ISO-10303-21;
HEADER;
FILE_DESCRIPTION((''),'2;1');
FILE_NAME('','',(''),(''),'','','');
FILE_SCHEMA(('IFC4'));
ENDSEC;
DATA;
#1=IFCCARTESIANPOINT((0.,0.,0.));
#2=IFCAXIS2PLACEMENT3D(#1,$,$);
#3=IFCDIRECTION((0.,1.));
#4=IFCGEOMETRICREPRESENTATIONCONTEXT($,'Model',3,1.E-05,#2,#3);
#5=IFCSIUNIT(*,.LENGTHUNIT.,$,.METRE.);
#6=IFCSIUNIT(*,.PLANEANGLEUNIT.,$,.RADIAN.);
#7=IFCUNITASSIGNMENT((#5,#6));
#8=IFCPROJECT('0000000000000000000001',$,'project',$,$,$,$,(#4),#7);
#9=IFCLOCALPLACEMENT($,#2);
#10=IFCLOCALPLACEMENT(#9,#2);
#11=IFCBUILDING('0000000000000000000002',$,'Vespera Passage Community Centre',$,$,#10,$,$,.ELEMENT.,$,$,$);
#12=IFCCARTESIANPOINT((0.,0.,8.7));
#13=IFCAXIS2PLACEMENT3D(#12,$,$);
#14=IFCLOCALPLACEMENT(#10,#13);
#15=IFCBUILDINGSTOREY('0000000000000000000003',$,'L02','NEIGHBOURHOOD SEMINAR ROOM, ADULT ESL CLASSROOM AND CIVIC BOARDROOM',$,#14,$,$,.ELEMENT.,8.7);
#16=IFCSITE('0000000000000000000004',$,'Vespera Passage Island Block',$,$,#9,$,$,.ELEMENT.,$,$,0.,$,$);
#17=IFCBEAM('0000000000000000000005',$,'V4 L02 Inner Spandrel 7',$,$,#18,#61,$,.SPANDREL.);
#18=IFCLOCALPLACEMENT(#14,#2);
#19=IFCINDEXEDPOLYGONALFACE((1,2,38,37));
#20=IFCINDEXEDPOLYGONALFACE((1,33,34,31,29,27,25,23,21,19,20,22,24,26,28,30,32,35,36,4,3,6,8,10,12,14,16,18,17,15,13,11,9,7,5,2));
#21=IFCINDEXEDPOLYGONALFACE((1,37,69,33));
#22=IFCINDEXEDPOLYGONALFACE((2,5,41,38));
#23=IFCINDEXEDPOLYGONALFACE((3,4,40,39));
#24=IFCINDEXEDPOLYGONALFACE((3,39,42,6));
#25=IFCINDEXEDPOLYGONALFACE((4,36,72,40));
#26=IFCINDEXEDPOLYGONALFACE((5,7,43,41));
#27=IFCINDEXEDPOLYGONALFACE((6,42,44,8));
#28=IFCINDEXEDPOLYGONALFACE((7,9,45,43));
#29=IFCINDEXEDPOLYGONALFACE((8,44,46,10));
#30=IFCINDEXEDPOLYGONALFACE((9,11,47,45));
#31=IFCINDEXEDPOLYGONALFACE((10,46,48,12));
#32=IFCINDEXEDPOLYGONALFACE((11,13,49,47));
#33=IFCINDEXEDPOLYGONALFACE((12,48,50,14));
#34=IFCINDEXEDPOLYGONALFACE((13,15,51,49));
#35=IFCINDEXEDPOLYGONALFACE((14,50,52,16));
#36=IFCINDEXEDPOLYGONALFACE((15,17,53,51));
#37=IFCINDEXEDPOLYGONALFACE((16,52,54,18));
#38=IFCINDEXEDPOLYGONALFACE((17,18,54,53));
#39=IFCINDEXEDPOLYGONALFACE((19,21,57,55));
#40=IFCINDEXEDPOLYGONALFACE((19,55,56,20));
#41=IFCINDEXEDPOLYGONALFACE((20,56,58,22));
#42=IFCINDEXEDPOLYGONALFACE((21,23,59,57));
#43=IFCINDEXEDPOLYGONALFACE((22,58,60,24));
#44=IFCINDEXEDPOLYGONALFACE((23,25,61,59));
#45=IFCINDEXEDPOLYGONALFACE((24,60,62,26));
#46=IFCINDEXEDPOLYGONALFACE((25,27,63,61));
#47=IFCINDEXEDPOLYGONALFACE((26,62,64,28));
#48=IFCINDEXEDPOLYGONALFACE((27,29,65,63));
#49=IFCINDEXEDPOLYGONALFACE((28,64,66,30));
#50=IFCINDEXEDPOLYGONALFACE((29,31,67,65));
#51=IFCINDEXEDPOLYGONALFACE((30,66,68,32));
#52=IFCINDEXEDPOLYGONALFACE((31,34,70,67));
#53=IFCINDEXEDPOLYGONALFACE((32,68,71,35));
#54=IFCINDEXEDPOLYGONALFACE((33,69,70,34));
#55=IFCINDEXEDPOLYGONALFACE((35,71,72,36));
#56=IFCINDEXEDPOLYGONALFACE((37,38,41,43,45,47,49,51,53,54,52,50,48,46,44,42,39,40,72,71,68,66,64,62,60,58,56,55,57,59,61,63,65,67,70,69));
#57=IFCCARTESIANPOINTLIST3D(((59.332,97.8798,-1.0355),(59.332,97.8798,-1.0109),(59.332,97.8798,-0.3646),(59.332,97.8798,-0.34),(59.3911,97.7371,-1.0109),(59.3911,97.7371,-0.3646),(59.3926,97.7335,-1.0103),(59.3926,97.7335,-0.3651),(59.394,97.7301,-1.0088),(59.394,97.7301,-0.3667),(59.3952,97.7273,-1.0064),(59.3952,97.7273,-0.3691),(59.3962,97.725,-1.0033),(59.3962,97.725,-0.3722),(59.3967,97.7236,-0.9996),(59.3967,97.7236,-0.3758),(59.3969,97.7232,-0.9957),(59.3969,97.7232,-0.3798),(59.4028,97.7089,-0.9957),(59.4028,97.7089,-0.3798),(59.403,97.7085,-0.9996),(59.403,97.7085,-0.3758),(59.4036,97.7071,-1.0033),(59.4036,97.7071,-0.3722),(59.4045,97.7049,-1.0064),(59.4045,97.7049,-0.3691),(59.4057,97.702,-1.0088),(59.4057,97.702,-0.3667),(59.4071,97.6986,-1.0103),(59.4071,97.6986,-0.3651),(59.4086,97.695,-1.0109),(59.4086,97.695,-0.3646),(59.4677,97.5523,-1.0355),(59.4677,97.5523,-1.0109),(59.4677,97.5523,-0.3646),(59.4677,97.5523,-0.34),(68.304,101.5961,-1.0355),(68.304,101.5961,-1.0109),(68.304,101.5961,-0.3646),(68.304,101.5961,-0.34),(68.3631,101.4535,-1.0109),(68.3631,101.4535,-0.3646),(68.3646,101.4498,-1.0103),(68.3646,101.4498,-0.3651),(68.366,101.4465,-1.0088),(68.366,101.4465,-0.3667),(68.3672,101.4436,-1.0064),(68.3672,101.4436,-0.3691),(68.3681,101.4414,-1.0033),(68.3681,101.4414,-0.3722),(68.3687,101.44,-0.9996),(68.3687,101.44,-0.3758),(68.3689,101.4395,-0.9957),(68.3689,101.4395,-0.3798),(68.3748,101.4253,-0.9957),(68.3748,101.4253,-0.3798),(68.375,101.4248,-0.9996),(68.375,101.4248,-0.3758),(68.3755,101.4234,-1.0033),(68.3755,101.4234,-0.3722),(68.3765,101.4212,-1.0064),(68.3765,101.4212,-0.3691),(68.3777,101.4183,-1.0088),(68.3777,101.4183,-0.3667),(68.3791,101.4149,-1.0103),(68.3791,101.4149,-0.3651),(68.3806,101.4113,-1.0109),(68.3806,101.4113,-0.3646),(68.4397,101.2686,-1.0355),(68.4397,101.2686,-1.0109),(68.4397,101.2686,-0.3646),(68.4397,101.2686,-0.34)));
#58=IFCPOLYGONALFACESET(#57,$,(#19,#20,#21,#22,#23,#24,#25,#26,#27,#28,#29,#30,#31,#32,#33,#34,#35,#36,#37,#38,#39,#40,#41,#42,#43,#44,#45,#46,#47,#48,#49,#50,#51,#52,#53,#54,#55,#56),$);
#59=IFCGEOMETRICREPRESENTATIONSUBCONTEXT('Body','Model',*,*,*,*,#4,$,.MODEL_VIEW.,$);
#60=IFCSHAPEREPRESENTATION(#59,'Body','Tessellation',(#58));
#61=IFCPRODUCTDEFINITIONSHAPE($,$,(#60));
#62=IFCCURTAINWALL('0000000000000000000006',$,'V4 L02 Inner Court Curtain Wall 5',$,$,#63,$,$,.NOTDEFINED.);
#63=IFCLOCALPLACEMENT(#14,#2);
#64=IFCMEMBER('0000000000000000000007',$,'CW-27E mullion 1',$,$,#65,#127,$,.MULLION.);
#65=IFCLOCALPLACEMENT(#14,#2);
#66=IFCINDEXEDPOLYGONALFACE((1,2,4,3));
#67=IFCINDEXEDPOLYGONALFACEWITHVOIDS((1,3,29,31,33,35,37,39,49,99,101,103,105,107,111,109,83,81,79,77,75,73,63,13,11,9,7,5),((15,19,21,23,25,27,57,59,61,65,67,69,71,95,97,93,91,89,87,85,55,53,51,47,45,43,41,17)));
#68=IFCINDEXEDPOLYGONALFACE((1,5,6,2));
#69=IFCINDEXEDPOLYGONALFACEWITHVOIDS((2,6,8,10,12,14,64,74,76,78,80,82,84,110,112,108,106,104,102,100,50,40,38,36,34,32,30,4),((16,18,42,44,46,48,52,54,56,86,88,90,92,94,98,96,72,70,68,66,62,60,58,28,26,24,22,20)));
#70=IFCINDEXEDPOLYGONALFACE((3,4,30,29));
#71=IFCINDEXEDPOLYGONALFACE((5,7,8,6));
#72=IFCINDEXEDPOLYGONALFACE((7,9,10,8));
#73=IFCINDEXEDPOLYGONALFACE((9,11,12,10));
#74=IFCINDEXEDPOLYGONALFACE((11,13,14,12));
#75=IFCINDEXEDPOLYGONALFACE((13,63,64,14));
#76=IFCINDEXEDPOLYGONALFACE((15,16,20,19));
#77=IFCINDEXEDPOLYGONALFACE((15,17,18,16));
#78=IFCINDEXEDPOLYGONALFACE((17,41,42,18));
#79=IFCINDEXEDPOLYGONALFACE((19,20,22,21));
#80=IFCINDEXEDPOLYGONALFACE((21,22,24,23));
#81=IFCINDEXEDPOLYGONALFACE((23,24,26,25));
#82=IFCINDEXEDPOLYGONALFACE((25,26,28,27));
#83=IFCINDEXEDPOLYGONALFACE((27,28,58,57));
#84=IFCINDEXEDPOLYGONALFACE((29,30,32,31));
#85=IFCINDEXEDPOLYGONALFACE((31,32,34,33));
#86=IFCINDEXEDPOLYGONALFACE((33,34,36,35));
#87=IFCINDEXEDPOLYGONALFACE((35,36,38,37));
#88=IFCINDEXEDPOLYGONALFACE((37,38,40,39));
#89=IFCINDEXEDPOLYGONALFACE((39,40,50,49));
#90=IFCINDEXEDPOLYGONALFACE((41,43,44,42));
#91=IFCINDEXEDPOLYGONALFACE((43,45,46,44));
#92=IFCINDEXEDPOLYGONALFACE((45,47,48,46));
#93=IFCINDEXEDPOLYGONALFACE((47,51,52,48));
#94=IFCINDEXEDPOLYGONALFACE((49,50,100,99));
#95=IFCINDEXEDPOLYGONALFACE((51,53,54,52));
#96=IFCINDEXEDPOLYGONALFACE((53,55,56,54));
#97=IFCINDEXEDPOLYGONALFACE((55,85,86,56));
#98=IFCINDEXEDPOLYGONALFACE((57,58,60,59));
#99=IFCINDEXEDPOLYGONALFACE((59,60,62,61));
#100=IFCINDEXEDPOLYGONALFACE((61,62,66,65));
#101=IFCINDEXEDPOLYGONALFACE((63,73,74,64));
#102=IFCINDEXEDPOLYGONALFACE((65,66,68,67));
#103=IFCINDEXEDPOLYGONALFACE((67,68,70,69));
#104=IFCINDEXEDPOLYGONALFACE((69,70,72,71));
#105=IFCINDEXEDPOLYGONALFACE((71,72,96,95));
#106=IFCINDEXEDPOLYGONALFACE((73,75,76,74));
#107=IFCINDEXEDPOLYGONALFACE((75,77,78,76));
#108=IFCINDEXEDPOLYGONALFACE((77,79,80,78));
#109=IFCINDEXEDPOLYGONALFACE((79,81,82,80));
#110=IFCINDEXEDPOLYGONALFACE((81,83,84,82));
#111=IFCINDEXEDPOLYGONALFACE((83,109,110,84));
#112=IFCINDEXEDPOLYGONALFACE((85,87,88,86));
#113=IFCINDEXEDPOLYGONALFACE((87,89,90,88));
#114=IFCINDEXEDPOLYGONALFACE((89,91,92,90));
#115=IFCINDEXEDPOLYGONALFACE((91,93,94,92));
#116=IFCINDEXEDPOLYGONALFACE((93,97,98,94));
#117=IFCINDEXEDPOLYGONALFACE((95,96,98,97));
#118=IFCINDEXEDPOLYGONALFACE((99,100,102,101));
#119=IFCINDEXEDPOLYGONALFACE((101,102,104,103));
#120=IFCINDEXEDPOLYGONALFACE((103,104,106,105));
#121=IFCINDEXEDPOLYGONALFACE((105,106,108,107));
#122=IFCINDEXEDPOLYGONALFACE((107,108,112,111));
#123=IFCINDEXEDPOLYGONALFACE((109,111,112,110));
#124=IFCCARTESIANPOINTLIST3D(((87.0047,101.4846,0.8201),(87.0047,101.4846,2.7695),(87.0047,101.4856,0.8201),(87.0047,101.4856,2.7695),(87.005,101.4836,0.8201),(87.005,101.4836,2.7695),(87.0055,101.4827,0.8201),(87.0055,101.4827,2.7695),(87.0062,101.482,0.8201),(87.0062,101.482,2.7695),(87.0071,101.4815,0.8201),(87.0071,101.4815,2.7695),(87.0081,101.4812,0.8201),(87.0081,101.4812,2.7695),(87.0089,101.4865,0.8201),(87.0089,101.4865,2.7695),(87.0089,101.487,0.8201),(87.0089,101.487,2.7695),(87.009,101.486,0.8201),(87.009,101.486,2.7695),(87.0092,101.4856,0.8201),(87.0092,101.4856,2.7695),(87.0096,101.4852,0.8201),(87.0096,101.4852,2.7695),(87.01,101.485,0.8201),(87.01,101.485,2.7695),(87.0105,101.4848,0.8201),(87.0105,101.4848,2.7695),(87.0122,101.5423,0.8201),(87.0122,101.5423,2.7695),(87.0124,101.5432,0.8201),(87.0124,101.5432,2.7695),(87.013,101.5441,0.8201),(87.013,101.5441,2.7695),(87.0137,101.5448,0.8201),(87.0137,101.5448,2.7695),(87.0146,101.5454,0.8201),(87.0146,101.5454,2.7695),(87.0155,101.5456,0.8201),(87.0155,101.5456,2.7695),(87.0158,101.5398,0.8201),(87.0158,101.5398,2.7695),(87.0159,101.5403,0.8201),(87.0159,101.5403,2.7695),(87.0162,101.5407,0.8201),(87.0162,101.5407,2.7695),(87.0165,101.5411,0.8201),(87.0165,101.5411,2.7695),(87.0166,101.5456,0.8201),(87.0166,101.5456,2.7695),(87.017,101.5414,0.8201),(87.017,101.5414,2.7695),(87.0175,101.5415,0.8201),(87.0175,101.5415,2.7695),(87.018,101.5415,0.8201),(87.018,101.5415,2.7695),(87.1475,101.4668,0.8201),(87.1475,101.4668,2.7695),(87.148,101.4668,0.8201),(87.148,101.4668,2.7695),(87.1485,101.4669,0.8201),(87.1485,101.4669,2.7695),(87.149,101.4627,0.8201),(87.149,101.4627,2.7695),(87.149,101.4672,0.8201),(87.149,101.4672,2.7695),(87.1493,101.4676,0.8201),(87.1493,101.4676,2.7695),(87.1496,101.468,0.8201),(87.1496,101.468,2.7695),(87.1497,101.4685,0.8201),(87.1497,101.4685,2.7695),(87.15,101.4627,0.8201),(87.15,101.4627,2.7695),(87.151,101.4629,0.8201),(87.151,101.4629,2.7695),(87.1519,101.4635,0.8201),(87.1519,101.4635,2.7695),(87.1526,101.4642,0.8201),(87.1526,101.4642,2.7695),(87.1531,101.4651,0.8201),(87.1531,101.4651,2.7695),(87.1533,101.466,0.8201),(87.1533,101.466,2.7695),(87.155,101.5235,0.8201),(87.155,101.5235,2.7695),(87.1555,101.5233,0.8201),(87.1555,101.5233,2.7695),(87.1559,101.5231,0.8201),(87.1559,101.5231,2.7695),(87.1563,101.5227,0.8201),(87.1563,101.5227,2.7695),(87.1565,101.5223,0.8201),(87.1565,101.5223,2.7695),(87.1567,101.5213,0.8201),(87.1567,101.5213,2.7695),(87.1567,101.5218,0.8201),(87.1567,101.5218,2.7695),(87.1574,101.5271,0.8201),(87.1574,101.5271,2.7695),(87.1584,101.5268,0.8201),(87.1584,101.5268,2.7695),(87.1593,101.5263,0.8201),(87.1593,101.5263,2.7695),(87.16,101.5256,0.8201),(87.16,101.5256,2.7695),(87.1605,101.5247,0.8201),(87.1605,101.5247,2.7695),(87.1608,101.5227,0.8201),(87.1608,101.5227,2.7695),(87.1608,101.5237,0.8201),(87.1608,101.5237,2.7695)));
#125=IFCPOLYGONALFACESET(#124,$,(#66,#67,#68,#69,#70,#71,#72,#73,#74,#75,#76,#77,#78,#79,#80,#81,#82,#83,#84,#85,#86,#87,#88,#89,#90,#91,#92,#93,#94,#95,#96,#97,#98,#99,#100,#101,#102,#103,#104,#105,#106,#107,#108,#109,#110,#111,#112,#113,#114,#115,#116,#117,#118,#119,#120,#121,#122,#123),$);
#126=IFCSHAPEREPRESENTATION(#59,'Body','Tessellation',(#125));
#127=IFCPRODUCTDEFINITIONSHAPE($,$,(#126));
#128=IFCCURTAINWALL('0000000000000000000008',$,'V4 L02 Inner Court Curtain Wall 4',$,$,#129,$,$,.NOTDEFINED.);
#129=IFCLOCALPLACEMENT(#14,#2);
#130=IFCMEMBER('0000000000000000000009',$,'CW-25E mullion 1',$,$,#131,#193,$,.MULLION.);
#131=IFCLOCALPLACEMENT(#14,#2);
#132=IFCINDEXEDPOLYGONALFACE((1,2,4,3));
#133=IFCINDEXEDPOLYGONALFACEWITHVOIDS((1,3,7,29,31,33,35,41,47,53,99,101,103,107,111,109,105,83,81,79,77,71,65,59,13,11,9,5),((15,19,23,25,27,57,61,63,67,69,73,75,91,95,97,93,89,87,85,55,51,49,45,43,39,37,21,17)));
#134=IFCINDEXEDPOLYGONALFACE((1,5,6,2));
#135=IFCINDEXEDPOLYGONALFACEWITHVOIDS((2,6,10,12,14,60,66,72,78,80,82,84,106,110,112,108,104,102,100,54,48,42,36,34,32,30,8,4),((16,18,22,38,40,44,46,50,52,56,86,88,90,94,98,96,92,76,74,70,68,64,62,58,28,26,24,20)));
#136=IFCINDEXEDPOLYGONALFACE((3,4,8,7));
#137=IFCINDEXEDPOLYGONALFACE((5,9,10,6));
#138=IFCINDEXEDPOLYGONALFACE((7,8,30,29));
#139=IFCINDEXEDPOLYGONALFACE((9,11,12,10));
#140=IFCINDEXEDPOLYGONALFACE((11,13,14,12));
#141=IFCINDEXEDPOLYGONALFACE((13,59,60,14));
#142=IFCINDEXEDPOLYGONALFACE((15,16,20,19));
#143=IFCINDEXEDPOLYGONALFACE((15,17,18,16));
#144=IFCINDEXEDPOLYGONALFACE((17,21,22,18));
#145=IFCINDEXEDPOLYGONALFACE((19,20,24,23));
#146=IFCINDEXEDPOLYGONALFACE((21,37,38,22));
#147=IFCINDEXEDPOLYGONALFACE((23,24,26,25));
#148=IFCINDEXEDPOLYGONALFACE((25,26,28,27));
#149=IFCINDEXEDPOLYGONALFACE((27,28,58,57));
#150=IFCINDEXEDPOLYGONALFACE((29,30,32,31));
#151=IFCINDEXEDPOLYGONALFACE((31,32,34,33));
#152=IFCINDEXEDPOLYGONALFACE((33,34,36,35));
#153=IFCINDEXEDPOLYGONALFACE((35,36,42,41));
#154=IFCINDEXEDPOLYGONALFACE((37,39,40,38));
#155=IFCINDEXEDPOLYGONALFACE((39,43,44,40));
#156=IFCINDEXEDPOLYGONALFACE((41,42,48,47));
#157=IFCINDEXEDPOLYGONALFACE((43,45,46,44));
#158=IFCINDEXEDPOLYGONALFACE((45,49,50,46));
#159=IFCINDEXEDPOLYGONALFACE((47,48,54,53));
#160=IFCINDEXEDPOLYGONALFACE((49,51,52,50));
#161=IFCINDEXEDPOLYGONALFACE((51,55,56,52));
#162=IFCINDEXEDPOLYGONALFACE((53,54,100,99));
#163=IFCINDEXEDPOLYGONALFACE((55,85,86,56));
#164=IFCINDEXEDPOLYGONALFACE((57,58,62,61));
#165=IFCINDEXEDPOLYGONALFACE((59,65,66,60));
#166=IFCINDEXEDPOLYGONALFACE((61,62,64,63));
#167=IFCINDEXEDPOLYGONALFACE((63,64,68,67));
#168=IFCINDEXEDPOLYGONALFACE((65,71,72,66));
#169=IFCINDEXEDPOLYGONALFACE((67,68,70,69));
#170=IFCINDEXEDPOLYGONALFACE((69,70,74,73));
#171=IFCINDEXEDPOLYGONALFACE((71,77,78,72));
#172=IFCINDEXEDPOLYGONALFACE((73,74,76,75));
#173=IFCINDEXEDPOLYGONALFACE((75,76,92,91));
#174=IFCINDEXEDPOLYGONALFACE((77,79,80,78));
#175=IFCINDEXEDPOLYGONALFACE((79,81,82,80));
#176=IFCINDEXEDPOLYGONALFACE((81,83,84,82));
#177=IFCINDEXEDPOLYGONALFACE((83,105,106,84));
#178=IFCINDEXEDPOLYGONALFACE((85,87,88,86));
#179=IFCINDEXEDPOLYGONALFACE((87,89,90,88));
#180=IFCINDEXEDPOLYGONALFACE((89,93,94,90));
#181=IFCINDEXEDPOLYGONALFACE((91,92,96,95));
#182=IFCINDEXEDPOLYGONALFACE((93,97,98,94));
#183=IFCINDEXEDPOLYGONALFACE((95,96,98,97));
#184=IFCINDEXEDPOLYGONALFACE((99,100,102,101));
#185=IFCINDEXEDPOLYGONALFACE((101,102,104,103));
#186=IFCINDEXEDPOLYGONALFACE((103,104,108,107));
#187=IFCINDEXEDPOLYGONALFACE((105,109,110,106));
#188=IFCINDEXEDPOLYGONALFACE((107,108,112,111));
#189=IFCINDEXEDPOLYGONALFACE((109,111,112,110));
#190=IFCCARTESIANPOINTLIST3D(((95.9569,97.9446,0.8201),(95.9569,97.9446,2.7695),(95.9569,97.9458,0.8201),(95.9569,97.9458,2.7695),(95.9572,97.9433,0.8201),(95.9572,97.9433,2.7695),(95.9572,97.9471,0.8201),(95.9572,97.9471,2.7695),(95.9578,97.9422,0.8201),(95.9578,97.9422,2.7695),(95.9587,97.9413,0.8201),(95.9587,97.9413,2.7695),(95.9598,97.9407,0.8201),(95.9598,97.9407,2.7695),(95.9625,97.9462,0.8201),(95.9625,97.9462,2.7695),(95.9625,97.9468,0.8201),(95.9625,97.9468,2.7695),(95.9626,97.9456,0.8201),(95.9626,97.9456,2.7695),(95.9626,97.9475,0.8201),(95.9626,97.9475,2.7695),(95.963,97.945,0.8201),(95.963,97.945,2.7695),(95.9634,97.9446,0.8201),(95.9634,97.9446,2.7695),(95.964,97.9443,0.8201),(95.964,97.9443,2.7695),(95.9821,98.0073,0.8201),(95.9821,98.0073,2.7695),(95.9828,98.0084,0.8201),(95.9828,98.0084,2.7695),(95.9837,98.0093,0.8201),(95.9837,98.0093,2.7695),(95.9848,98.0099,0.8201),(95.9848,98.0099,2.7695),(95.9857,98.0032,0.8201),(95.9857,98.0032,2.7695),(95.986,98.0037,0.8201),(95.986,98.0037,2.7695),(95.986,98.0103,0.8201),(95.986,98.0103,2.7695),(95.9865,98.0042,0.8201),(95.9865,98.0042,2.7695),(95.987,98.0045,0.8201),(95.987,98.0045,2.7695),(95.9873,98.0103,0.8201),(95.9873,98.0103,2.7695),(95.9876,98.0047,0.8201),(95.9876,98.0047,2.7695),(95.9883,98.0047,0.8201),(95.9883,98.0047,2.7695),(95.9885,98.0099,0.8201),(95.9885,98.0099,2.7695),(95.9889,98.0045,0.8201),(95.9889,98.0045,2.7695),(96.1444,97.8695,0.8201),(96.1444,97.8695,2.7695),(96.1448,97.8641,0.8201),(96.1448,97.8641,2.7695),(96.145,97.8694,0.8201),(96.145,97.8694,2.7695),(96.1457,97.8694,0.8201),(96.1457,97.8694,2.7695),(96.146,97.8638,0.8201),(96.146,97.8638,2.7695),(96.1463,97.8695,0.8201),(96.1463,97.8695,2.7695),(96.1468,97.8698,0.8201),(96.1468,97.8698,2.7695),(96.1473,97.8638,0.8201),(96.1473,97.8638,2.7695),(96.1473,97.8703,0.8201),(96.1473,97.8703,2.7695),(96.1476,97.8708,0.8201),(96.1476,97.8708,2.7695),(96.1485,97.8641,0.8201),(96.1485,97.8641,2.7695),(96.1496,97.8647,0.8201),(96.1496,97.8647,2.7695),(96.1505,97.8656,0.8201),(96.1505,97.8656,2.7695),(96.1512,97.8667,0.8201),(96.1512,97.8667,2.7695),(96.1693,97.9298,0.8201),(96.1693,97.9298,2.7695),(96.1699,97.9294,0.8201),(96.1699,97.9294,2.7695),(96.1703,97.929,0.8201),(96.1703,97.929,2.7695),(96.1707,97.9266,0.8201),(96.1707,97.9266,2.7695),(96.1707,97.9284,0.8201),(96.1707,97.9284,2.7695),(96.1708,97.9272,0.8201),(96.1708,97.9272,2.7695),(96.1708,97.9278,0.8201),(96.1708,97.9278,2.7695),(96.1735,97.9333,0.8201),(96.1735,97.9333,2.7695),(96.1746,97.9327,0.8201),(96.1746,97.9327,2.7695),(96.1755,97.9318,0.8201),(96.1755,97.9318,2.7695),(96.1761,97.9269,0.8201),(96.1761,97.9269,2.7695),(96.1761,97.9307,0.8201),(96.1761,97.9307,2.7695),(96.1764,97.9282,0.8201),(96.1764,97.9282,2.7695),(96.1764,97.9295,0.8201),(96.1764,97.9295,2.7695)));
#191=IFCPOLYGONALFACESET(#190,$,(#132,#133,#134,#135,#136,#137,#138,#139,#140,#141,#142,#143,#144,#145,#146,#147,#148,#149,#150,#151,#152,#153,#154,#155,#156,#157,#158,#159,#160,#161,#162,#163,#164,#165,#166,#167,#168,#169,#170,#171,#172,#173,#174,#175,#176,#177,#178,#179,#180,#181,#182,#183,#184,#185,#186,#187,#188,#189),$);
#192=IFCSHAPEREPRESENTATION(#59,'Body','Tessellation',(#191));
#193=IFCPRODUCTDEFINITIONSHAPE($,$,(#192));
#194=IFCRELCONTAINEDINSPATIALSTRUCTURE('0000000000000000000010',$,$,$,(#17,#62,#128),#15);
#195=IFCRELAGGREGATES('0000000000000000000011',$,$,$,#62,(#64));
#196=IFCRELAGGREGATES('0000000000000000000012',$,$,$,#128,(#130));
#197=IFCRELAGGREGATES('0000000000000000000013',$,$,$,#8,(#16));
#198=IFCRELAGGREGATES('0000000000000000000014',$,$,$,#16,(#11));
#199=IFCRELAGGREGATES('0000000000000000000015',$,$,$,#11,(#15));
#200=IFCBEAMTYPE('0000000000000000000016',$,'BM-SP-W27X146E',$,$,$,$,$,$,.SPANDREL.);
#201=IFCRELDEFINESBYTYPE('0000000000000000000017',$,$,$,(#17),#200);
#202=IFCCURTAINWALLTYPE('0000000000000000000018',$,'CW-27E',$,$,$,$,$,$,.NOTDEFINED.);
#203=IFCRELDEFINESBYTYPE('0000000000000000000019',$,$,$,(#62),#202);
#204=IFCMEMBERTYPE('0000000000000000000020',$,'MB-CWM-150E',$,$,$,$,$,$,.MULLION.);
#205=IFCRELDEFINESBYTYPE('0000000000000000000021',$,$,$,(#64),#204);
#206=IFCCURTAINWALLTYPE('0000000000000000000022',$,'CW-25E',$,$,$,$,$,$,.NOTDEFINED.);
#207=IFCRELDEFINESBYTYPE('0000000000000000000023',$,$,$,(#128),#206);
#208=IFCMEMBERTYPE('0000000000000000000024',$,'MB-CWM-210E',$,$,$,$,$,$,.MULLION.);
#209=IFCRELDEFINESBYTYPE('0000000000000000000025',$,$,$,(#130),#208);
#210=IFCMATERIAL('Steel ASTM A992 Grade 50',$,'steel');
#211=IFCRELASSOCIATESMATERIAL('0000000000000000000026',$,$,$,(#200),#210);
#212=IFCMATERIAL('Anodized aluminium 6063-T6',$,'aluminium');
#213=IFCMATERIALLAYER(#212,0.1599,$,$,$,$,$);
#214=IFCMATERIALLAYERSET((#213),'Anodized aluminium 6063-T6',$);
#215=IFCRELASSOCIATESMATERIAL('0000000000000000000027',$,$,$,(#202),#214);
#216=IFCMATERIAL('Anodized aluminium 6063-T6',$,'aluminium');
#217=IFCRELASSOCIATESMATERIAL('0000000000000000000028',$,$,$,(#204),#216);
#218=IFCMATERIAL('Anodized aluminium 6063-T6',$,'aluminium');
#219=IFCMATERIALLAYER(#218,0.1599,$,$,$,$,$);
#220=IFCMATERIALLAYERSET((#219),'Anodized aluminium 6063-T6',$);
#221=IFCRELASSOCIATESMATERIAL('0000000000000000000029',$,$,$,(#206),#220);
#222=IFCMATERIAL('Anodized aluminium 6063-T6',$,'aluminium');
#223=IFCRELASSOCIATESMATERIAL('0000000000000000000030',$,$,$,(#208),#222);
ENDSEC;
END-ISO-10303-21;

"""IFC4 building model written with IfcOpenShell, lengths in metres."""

from ifc_helpers import new_model, si_unit, direction, frame, origin, origin_2d, place, context, subcontext, project, spatial, hollow_rectangle, i_section, extrude, material, layer, layer_set, material_profile, profile_set, type_object, element, aggregate, save


model = new_model("IFC4")

# Units and contexts
model_context = context("Model", 3, precision=1e-05, world=origin(), true_north=direction((0.0, 1.0)))
body_context = subcontext(model_context, "Body", "Model", "MODEL_VIEW")
ifc_project = project(units=[si_unit("LENGTHUNIT", "METRE"), si_unit("PLANEANGLEUNIT", "RADIAN")], contexts=[model_context])

# Site, building, storey
site_placement = place(None, origin())
site = spatial("IfcSite", under=ifc_project, at=site_placement, Name="Vespera Passage Island Block", CompositionType="ELEMENT", RefElevation=0.0)
building_placement = place(site_placement, origin())
building = spatial("IfcBuilding", under=site, at=building_placement, Name="Vespera Passage Community Centre", CompositionType="ELEMENT")
storey_placement = place(building_placement, frame((0.0, 0.0, 8.7)))
storey = spatial("IfcBuildingStorey", under=building, at=storey_placement, Name="L02", Description="NEIGHBOURHOOD SEMINAR ROOM, ADULT ESL CLASSROOM AND CIVIC BOARDROOM", CompositionType="ELEMENT", Elevation=8.7)

# Beam
ifc_material_1 = material(Name="Steel ASTM A992 Grade 50", Category="steel")
ifc_material_profile_1 = material_profile(ifc_material_1, i_section(OverallWidth=0.3545, OverallDepth=0.6956, WebThickness=0.0154, FlangeThickness=0.0247, FilletRadius=0.0151, at=origin_2d()), Name="W27X146")
ifc_profile_set_1 = profile_set([ifc_material_profile_1], Name="Steel ASTM A992 Grade 50")
beam_type_1 = type_object("IfcBeamType", Name="BM-SP-W27X146E", PredefinedType="SPANDREL", material=ifc_profile_set_1)
for number, where, z_axis, x_axis, name in (
    (1, (68.3718, 101.4324, -0.6877), (-0.923879, -0.382685, 0.0), (0.382685, -0.923879, 0.0), "V4 L02 Inner Spandrel 7"),
):
    element("IfcBeam", number, at=place(storey_placement, frame(where, z_axis=z_axis, x_axis=x_axis)), inside=storey, type_object=beam_type_1, Name=name, PredefinedType="SPANDREL", context=body_context, shape_type="SweptSolid", body=[
        extrude(i_section(OverallWidth=0.3545, OverallDepth=0.6956, WebThickness=0.0154, FlangeThickness=0.0247, FilletRadius=0.0151, at=origin_2d()), origin(), (0.0, 0.0, 1.0), 9.7112),
    ])

# Curtain wall, member
ifc_material_2 = material(Name="Anodized aluminium 6063-T6", Category="aluminium")
ifc_layer_1 = layer(ifc_material_2, 0.1599)
ifc_layer_set_1 = layer_set([ifc_layer_1], Name="Anodized aluminium 6063-T6")
curtain_wall_type_1 = type_object("IfcCurtainWallType", Name="CW-27E", PredefinedType="NOTDEFINED", material=ifc_layer_set_1)
curtain_wall_1_placement = place(storey_placement, origin())
curtain_wall_1 = element("IfcCurtainWall", 2, at=curtain_wall_1_placement, inside=storey, type_object=curtain_wall_type_1, Name="V4 L02 Inner Court Curtain Wall 5", PredefinedType="NOTDEFINED")
ifc_material_3 = material(Name="Anodized aluminium 6063-T6", Category="aluminium")
ifc_material_profile_2 = material_profile(ifc_material_3, hollow_rectangle(XDim=0.0649, YDim=0.1499, WallThickness=0.0039, InnerFilletRadius=0.002, OuterFilletRadius=0.0039, at=origin_2d()), Name="ALU150X65X4")
ifc_profile_set_2 = profile_set([ifc_material_profile_2], Name="Anodized aluminium 6063-T6")
member_type_1 = type_object("IfcMemberType", Name="MB-CWM-150E", PredefinedType="MULLION", material=ifc_profile_set_2)
member_1_placement = place(storey_placement, frame((87.0828, 101.5042, 0.8201), z_axis=(0.0, 0.0, 1.0), x_axis=(-0.130522, -0.991445, 0.0)))
member_1 = element("IfcMember", 3, at=member_1_placement, type_object=member_type_1, Name="CW-27E mullion 1", PredefinedType="MULLION", context=body_context, shape_type="SweptSolid", body=[
    extrude(hollow_rectangle(XDim=0.0649, YDim=0.1499, WallThickness=0.0039, InnerFilletRadius=0.002, OuterFilletRadius=0.0039, at=origin_2d()), origin(), (0.0, 0.0, 1.0), 1.9495),
])

# Curtain wall, member
ifc_material_4 = material(Name="Anodized aluminium 6063-T6", Category="aluminium")
ifc_layer_2 = layer(ifc_material_4, 0.1599)
ifc_layer_set_2 = layer_set([ifc_layer_2], Name="Anodized aluminium 6063-T6")
curtain_wall_type_2 = type_object("IfcCurtainWallType", Name="CW-25E", PredefinedType="NOTDEFINED", material=ifc_layer_set_2)
curtain_wall_2_placement = place(storey_placement, origin())
curtain_wall_2 = element("IfcCurtainWall", 4, at=curtain_wall_2_placement, inside=storey, type_object=curtain_wall_type_2, Name="V4 L02 Inner Court Curtain Wall 4", PredefinedType="NOTDEFINED")
ifc_material_5 = material(Name="Anodized aluminium 6063-T6", Category="aluminium")
ifc_material_profile_3 = material_profile(ifc_material_5, hollow_rectangle(XDim=0.075, YDim=0.21, WallThickness=0.0049, InnerFilletRadius=0.0024, OuterFilletRadius=0.0049, at=origin_2d()), Name="ALU210X75X5")
ifc_profile_set_3 = profile_set([ifc_material_profile_3], Name="Anodized aluminium 6063-T6")
member_type_2 = type_object("IfcMemberType", Name="MB-CWM-210E", PredefinedType="MULLION", material=ifc_profile_set_3)
member_2_placement = place(storey_placement, frame((96.0667, 97.937, 0.8201), z_axis=(0.0, 0.0, 1.0), x_axis=(-0.38269, -0.923877, 0.0)))
member_2 = element("IfcMember", 5, at=member_2_placement, type_object=member_type_2, Name="CW-25E mullion 1", PredefinedType="MULLION", context=body_context, shape_type="SweptSolid", body=[
    extrude(hollow_rectangle(XDim=0.075, YDim=0.21, WallThickness=0.0049, InnerFilletRadius=0.0024, OuterFilletRadius=0.0049, at=origin_2d()), origin(), (0.0, 0.0, 1.0), 1.9495),
])

aggregate(curtain_wall_1, [member_1])

aggregate(curtain_wall_2, [member_2])

save(model, "model.ifc")
